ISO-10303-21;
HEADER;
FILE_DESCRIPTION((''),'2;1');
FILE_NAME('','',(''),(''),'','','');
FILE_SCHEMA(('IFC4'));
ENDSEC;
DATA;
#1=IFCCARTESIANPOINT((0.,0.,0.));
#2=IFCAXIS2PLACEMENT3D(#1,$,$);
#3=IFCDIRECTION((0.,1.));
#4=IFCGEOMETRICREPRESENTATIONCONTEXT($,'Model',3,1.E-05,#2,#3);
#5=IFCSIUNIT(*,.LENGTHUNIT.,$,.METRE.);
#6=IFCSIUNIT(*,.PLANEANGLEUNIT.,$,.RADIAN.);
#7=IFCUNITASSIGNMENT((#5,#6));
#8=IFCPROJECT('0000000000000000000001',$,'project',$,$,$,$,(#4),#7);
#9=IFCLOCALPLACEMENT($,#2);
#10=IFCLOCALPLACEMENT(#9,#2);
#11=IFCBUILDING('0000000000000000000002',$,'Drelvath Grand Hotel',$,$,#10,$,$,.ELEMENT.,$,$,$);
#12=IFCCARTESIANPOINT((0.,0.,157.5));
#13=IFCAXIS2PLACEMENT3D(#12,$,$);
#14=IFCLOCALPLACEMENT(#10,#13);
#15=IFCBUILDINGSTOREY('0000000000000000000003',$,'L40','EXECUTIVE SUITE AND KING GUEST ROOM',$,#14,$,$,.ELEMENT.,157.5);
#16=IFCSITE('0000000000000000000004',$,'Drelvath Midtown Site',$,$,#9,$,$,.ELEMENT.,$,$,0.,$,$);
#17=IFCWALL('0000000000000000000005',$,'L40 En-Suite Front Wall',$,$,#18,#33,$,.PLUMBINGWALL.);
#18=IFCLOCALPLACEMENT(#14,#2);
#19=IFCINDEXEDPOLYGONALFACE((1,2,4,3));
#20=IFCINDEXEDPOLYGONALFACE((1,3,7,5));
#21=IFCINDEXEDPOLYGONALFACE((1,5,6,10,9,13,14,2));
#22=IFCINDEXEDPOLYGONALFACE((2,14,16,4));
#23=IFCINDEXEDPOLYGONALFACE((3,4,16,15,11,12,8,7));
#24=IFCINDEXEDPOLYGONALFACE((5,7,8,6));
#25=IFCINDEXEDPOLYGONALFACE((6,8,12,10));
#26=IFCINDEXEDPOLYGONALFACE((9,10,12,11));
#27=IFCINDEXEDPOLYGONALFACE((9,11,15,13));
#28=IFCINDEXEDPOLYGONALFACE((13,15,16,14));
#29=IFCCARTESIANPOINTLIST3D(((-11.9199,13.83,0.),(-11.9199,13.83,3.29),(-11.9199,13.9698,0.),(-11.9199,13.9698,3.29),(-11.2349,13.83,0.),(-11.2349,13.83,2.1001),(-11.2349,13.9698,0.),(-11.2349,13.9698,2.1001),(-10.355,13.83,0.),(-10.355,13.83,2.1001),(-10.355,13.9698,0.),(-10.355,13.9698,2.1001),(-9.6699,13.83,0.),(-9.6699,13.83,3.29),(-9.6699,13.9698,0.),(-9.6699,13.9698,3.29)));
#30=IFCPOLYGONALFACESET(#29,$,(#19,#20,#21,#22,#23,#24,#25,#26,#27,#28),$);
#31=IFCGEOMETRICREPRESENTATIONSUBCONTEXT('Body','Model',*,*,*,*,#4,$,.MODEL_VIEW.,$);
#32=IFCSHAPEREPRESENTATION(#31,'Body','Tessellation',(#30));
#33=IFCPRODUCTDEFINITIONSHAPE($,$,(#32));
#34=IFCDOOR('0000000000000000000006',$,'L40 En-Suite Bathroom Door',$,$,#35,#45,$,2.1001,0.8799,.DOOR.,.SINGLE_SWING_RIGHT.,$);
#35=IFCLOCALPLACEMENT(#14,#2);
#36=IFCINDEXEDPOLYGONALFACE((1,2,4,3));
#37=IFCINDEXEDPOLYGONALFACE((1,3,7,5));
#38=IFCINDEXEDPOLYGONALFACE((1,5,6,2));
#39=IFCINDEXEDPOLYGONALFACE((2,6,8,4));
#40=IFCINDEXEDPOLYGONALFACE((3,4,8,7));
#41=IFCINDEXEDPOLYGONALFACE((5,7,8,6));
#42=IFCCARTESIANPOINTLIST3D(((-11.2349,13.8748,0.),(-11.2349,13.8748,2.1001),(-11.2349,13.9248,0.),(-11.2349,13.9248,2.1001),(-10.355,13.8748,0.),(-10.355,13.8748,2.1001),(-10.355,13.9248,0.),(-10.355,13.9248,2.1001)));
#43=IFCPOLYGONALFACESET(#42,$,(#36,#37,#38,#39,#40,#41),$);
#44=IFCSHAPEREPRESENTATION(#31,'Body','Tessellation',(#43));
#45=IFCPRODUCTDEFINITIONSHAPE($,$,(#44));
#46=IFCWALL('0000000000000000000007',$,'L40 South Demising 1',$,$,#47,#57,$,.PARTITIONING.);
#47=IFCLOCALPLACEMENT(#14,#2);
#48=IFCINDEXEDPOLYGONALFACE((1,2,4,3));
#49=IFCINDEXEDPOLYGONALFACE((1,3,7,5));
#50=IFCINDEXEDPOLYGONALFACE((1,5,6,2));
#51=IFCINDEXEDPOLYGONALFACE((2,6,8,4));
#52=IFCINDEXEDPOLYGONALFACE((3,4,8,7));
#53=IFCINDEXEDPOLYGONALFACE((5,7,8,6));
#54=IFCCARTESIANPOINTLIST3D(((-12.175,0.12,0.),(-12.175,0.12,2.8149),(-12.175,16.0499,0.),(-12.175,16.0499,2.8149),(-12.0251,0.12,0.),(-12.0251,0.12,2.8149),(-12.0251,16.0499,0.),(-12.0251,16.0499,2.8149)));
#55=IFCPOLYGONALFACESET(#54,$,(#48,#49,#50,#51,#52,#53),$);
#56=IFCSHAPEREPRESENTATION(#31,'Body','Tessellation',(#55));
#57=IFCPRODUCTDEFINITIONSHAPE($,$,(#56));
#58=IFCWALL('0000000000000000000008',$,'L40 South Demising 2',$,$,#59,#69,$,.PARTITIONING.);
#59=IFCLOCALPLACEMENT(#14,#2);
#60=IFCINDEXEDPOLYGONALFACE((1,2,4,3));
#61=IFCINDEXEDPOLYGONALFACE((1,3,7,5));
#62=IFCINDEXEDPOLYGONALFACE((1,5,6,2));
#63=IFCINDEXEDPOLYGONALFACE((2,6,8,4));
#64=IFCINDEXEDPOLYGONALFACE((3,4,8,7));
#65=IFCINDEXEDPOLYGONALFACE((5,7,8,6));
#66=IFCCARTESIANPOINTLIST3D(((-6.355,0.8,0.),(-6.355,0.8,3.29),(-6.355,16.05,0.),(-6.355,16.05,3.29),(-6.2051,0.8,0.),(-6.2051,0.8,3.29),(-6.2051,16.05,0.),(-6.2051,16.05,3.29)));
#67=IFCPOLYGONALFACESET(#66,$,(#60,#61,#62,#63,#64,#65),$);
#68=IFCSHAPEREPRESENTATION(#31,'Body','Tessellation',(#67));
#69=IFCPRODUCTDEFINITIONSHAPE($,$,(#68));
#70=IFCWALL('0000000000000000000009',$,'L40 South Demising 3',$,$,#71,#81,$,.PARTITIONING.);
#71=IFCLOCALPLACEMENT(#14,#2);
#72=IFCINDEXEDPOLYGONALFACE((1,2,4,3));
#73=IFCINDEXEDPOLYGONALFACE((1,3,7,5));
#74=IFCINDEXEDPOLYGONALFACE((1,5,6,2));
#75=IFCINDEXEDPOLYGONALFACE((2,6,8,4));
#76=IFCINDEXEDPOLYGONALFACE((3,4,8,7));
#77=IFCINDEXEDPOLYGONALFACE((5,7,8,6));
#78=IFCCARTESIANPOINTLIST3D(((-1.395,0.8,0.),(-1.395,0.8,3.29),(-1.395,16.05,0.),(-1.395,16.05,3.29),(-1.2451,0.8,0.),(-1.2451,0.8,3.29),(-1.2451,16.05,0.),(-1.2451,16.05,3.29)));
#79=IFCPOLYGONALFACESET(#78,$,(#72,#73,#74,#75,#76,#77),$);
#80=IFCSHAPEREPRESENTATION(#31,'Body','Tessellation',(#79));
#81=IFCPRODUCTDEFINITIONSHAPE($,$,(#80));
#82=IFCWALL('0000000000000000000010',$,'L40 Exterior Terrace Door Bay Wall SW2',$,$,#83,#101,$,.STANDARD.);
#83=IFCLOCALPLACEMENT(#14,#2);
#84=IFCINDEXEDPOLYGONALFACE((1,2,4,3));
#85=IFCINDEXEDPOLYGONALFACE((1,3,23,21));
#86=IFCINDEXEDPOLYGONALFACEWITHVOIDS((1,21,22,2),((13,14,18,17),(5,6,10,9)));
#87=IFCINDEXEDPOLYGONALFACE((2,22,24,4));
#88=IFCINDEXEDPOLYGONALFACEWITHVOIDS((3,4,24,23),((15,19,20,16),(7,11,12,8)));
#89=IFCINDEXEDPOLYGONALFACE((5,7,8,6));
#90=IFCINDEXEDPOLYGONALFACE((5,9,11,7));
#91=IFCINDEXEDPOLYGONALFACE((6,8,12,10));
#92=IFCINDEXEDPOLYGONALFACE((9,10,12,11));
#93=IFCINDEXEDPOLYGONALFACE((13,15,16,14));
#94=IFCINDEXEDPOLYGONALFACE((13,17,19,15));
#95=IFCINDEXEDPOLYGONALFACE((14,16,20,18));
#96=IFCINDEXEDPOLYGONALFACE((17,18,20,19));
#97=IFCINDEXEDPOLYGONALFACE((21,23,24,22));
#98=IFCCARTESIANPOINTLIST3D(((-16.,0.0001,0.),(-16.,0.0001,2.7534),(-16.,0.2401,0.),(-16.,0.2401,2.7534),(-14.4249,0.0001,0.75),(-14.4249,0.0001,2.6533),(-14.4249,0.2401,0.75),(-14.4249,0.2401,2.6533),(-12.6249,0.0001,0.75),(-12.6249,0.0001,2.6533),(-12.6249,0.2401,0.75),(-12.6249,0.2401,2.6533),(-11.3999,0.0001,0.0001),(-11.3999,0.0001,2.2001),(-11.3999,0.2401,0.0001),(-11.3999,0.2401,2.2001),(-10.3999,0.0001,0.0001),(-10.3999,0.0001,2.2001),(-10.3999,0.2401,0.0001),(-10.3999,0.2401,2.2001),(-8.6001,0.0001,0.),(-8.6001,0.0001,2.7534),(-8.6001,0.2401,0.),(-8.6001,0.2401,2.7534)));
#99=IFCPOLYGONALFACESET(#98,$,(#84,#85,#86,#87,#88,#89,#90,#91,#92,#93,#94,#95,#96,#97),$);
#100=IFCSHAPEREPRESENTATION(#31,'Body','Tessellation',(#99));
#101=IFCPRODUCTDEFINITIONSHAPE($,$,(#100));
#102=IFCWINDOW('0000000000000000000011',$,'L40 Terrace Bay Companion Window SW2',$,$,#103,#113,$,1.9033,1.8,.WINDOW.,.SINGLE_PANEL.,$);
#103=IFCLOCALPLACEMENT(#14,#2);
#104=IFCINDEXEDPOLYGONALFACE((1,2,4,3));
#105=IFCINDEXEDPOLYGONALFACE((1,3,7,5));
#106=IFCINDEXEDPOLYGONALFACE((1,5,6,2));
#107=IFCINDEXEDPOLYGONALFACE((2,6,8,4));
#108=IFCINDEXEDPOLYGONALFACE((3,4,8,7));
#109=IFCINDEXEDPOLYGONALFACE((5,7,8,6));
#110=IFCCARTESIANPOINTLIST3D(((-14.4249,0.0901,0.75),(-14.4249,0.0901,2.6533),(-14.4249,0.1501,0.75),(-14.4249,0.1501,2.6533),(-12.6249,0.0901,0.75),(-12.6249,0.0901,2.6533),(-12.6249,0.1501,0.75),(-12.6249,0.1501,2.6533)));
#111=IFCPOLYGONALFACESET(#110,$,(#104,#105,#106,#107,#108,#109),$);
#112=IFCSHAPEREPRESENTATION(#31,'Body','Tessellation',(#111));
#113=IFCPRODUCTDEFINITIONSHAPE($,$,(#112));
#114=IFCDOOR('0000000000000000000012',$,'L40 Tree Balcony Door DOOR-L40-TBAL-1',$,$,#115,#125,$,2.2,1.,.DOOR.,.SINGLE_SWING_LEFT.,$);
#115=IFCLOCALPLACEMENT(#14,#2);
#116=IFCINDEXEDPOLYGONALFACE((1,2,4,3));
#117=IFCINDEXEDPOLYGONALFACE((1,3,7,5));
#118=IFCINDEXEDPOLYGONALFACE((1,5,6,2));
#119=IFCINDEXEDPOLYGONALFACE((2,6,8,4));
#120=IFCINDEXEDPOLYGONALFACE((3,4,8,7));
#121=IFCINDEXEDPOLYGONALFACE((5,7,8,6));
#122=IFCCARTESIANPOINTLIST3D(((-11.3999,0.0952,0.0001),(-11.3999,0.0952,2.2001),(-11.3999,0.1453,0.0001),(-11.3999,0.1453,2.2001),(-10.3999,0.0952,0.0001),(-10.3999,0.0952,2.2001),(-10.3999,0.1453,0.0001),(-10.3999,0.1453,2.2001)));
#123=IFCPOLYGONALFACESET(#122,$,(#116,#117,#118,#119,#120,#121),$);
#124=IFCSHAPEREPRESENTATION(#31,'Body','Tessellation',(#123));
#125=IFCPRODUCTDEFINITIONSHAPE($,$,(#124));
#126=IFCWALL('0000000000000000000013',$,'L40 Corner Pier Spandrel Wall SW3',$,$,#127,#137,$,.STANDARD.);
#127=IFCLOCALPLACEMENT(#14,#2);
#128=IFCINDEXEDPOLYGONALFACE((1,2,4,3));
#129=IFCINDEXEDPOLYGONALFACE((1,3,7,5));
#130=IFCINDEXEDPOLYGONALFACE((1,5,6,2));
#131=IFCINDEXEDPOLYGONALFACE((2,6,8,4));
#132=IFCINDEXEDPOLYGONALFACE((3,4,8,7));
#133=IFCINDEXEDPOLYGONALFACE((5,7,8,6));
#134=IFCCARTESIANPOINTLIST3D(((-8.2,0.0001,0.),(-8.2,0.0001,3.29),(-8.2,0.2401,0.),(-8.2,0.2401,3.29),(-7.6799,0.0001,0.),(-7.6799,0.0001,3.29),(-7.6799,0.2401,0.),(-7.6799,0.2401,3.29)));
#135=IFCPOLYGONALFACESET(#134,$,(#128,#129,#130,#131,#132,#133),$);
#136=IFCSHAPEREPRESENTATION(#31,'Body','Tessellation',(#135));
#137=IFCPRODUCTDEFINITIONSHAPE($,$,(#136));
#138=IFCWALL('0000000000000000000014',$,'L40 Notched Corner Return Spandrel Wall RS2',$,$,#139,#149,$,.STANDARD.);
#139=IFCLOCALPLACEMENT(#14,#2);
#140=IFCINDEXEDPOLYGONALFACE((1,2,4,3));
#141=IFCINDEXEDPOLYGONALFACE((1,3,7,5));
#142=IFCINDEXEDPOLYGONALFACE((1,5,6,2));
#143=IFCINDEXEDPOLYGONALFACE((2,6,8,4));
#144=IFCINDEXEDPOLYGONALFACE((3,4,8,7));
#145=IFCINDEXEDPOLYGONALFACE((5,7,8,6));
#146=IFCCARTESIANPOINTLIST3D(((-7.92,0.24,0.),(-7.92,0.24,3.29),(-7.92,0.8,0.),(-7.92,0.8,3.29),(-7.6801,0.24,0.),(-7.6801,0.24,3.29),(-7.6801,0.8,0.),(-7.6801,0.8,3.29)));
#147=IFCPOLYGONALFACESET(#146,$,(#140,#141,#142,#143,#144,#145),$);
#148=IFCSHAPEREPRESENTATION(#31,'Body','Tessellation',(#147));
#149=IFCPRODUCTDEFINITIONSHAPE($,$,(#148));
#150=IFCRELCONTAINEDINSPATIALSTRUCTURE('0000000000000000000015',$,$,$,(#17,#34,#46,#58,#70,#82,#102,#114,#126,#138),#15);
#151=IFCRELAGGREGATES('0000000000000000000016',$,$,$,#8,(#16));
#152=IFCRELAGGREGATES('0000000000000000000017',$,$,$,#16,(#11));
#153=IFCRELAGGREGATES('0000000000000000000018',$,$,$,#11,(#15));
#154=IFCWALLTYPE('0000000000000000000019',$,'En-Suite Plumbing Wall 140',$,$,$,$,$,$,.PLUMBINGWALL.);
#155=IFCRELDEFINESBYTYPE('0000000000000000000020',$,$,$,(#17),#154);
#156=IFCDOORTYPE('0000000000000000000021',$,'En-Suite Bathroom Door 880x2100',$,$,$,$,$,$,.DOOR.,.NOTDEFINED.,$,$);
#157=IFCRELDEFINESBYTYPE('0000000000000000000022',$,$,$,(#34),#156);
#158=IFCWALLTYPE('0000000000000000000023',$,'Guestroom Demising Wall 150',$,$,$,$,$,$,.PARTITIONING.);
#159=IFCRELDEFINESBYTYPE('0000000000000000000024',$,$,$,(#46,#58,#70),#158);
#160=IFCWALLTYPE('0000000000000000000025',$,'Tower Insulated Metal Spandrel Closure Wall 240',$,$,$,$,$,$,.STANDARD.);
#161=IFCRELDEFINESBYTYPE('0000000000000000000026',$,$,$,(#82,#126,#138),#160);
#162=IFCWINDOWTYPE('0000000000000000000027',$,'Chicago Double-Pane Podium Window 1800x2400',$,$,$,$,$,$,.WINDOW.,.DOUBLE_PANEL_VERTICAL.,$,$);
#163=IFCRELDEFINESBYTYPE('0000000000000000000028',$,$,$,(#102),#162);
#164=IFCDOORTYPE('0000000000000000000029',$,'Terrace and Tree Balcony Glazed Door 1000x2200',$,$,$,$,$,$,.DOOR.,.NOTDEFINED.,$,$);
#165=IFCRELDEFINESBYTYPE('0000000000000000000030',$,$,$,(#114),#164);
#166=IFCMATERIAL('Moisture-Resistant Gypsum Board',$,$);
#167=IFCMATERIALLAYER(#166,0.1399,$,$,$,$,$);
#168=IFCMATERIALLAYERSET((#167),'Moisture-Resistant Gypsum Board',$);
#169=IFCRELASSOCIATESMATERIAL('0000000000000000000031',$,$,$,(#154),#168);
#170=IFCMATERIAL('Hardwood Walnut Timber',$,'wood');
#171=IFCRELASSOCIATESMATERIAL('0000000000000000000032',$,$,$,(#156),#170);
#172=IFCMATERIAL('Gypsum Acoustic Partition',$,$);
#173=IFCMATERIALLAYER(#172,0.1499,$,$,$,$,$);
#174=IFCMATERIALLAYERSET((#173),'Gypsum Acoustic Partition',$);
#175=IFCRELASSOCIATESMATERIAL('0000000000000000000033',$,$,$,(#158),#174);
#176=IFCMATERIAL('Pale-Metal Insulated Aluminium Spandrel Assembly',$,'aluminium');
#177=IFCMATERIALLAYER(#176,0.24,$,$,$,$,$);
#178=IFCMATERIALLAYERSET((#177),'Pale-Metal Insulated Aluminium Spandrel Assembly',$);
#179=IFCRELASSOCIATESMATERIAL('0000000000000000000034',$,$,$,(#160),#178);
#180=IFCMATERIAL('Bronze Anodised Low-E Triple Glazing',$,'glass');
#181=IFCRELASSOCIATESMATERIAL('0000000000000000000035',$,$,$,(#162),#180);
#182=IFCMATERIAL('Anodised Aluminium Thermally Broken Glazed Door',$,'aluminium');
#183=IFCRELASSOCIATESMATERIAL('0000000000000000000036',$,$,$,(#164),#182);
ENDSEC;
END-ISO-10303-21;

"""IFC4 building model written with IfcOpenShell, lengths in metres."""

from ifc_helpers import new_model, si_unit, direction, frame, frame_2d, origin, place, context, subcontext, project, spatial, rectangle, extrude, material, layer, layer_set, type_object, element, fill, save


model = new_model("IFC4")

# Units and contexts
model_context = context("Model", 3, precision=1e-05, world=origin(), true_north=direction((0.0, 1.0)))
body_context = subcontext(model_context, "Body", "Model", "MODEL_VIEW")
ifc_project = project(units=[si_unit("LENGTHUNIT", "METRE"), si_unit("PLANEANGLEUNIT", "RADIAN")], contexts=[model_context])

# Site, building, storey
site_placement = place(None, origin())
site = spatial("IfcSite", under=ifc_project, at=site_placement, Name="Drelvath Midtown Site", CompositionType="ELEMENT", RefElevation=0.0)
building_placement = place(site_placement, origin())
building = spatial("IfcBuilding", under=site, at=building_placement, Name="Drelvath Grand Hotel", CompositionType="ELEMENT")
storey_placement = place(building_placement, frame((0.0, 0.0, 157.5)))
storey = spatial("IfcBuildingStorey", under=building, at=storey_placement, Name="L40", Description="EXECUTIVE SUITE AND KING GUEST ROOM", CompositionType="ELEMENT", Elevation=157.5)

# Wall, opening, door
ifc_material_1 = material(Name="Moisture-Resistant Gypsum Board")
ifc_layer_1 = layer(ifc_material_1, 0.1399)
ifc_layer_set_1 = layer_set([ifc_layer_1], Name="Moisture-Resistant Gypsum Board")
wall_type_1 = type_object("IfcWallType", Name="En-Suite Plumbing Wall 140", PredefinedType="PLUMBINGWALL", material=ifc_layer_set_1)
ifc_material_2 = material(Name="Hardwood Walnut Timber", Category="wood")
door_type_1 = type_object("IfcDoorType", Name="En-Suite Bathroom Door 880x2100", OperationType="NOTDEFINED", PredefinedType="DOOR", material=ifc_material_2)
wall_1_placement = place(storey_placement, frame((-11.9199, 13.8999, 0.0), z_axis=(0.0, 0.0, 1.0), x_axis=(1.0, 0.0, 0.0)))
wall_1 = element("IfcWall", 1, at=wall_1_placement, inside=storey, type_object=wall_type_1, Name="L40 En-Suite Front Wall", PredefinedType="PLUMBINGWALL", context=body_context, shape_type="SweptSolid", body=[
    extrude(rectangle(XDim=2.25, YDim=0.1399, at=frame_2d((1.125, 0.0))), origin(), (0.0, 0.0, 1.0), 3.29),
])
opening_1_placement = place(wall_1_placement, frame((0.6851, 0.0, 0.0)))
opening_1 = element("IfcOpeningElement", 2, at=opening_1_placement, cuts=wall_1, PredefinedType="OPENING", context=body_context, shape_type="SweptSolid", body=[
    extrude(rectangle(XDim=0.8799, YDim=2.1001, at=frame_2d((0.4399, 1.05))), frame((0.0, 0.0798, 0.0), z_axis=(0.0, -1.0, 0.0), x_axis=(1.0, 0.0, 0.0)), (0.0, 0.0, 1.0), 0.1599),
])
door_1_placement = place(opening_1_placement, origin())
door_1 = element("IfcDoor", 3, at=door_1_placement, inside=storey, type_object=door_type_1, Name="L40 En-Suite Bathroom Door", OperationType="SINGLE_SWING_RIGHT", OverallHeight=2.1001, OverallWidth=0.8799, PredefinedType="DOOR", context=body_context, shape_type="SweptSolid", body=[
    extrude(rectangle(XDim=0.8799, YDim=2.1001, at=frame_2d((0.4399, 1.05))), frame((0.0, 0.0249, 0.0), z_axis=(0.0, -1.0, 0.0), x_axis=(1.0, 0.0, 0.0)), (0.0, 0.0, 1.0), 0.05),
])
fill(opening_1, door_1)

# Walls
ifc_material_3 = material(Name="Gypsum Acoustic Partition")
ifc_layer_2 = layer(ifc_material_3, 0.1499)
ifc_layer_set_2 = layer_set([ifc_layer_2], Name="Gypsum Acoustic Partition")
wall_type_2 = type_object("IfcWallType", Name="Guestroom Demising Wall 150", PredefinedType="PARTITIONING", material=ifc_layer_set_2)
wall_2_placement = place(storey_placement, frame((-12.1001, 0.1201, 0.0), z_axis=(0.0, 0.0, 1.0), x_axis=(0.0, 1.0, 0.0)))
element("IfcWall", 4, at=wall_2_placement, inside=storey, type_object=wall_type_2, Name="L40 South Demising 1", PredefinedType="PARTITIONING", context=body_context, shape_type="SweptSolid", body=[
    extrude(rectangle(XDim=15.9299, YDim=0.1499, at=frame_2d((7.9648, 0.0))), origin(), (0.0, 0.0, 1.0), 2.8149),
])
for number, where, z_axis, x_axis, name in (
    (5, (-6.28, 0.8, 0.0), (0.0, 0.0, 1.0), (0.0, 1.0, 0.0), "L40 South Demising 2"),
    (6, (-1.3201, 0.8, 0.0), (0.0, 0.0, 1.0), (0.0, 1.0, 0.0), "L40 South Demising 3"),
):
    element("IfcWall", number, at=place(storey_placement, frame(where, z_axis=z_axis, x_axis=x_axis)), inside=storey, type_object=wall_type_2, Name=name, PredefinedType="PARTITIONING", context=body_context, shape_type="SweptSolid", body=[
        extrude(rectangle(XDim=15.25, YDim=0.1499, at=frame_2d((7.625, 0.0))), origin(), (0.0, 0.0, 1.0), 3.29),
    ])

# Wall, openings, window, door
ifc_material_4 = material(Name="Pale-Metal Insulated Aluminium Spandrel Assembly", Category="aluminium")
ifc_layer_3 = layer(ifc_material_4, 0.24)
ifc_layer_set_3 = layer_set([ifc_layer_3], Name="Pale-Metal Insulated Aluminium Spandrel Assembly")
wall_type_3 = type_object("IfcWallType", Name="Tower Insulated Metal Spandrel Closure Wall 240", PredefinedType="STANDARD", material=ifc_layer_set_3)
wall_3_placement = place(storey_placement, frame((-8.6001, 0.1201, 0.0), z_axis=(0.0, 0.0, 1.0), x_axis=(-1.0, 0.0, 0.0)))
wall_3 = element("IfcWall", 7, at=wall_3_placement, inside=storey, type_object=wall_type_3, Name="L40 Exterior Terrace Door Bay Wall SW2", PredefinedType="STANDARD", context=body_context, shape_type="SweptSolid", body=[
    extrude(rectangle(XDim=7.3999, YDim=0.24, at=frame_2d((3.7, 0.0))), origin(), (0.0, 0.0, 1.0), 2.7534),
])
opening_2_placement = place(wall_3_placement, frame((1.7998, 0.0, 0.0)))
opening_2 = element("IfcOpeningElement", 8, at=opening_2_placement, cuts=wall_3, PredefinedType="OPENING", context=body_context, shape_type="SweptSolid", body=[
    extrude(rectangle(XDim=1.0, YDim=2.2, at=frame_2d((0.5, 1.1001))), frame((0.0, 0.1299, 0.0), z_axis=(0.0, -1.0, 0.0), x_axis=(1.0, 0.0, 0.0)), (0.0, 0.0, 1.0), 0.26),
])
opening_3_placement = place(wall_3_placement, frame((4.0249, 0.0, 0.75)))
opening_3 = element("IfcOpeningElement", 9, at=opening_3_placement, cuts=wall_3, PredefinedType="OPENING", context=body_context, shape_type="SweptSolid", body=[
    extrude(rectangle(XDim=1.8, YDim=1.9033, at=frame_2d((0.8999, 0.9517))), frame((0.0, 0.1299, 0.0), z_axis=(0.0, -1.0, 0.0), x_axis=(1.0, 0.0, 0.0)), (0.0, 0.0, 1.0), 0.26),
])
ifc_material_5 = material(Name="Bronze Anodised Low-E Triple Glazing", Category="glass")
window_type = type_object("IfcWindowType", Name="Chicago Double-Pane Podium Window 1800x2400", PartitioningType="DOUBLE_PANEL_VERTICAL", PredefinedType="WINDOW", material=ifc_material_5)
window_placement = place(opening_3_placement, origin())
window = element("IfcWindow", 10, at=window_placement, inside=storey, type_object=window_type, Name="L40 Terrace Bay Companion Window SW2", OverallHeight=1.9033, OverallWidth=1.8, PartitioningType="SINGLE_PANEL", PredefinedType="WINDOW", context=body_context, shape_type="SweptSolid", body=[
    extrude(rectangle(XDim=1.8, YDim=1.9033, at=frame_2d((0.8999, 0.9517))), frame((0.0, 0.03, 0.0), z_axis=(0.0, -1.0, 0.0), x_axis=(1.0, 0.0, 0.0)), (0.0, 0.0, 1.0), 0.0601),
])
fill(opening_3, window)
ifc_material_6 = material(Name="Anodised Aluminium Thermally Broken Glazed Door", Category="aluminium")
door_type_2 = type_object("IfcDoorType", Name="Terrace and Tree Balcony Glazed Door 1000x2200", OperationType="NOTDEFINED", PredefinedType="DOOR", material=ifc_material_6)
door_2_placement = place(opening_2_placement, origin())
door_2 = element("IfcDoor", 11, at=door_2_placement, inside=storey, type_object=door_type_2, Name="L40 Tree Balcony Door DOOR-L40-TBAL-1", OperationType="SINGLE_SWING_LEFT", OverallHeight=2.2, OverallWidth=1.0, PredefinedType="DOOR", context=body_context, shape_type="SweptSolid", body=[
    extrude(rectangle(XDim=1.0, YDim=2.2, at=frame_2d((0.5, 1.1001))), frame((0.0, 0.0249, 0.0), z_axis=(0.0, -1.0, 0.0), x_axis=(1.0, 0.0, 0.0)), (0.0, 0.0, 1.0), 0.05),
])
fill(opening_2, door_2)

# Walls
wall_4_placement = place(storey_placement, frame((-7.6799, 0.1201, 0.0), z_axis=(0.0, 0.0, 1.0), x_axis=(-1.0, 0.0, 0.0)))
element("IfcWall", 12, at=wall_4_placement, inside=storey, type_object=wall_type_3, Name="L40 Corner Pier Spandrel Wall SW3", PredefinedType="STANDARD", context=body_context, shape_type="SweptSolid", body=[
    extrude(rectangle(XDim=0.52, YDim=0.24, at=frame_2d((0.26, 0.0))), origin(), (0.0, 0.0, 1.0), 3.29),
])
wall_5_placement = place(storey_placement, frame((-7.8, 0.8, 0.0), z_axis=(0.0, 0.0, 1.0), x_axis=(0.0, -1.0, 0.0)))
element("IfcWall", 13, at=wall_5_placement, inside=storey, type_object=wall_type_3, Name="L40 Notched Corner Return Spandrel Wall RS2", PredefinedType="STANDARD", context=body_context, shape_type="SweptSolid", body=[
    extrude(rectangle(XDim=0.5601, YDim=0.24, at=frame_2d((0.28, 0.0))), origin(), (0.0, 0.0, 1.0), 3.29),
])

save(model, "model.ifc")
